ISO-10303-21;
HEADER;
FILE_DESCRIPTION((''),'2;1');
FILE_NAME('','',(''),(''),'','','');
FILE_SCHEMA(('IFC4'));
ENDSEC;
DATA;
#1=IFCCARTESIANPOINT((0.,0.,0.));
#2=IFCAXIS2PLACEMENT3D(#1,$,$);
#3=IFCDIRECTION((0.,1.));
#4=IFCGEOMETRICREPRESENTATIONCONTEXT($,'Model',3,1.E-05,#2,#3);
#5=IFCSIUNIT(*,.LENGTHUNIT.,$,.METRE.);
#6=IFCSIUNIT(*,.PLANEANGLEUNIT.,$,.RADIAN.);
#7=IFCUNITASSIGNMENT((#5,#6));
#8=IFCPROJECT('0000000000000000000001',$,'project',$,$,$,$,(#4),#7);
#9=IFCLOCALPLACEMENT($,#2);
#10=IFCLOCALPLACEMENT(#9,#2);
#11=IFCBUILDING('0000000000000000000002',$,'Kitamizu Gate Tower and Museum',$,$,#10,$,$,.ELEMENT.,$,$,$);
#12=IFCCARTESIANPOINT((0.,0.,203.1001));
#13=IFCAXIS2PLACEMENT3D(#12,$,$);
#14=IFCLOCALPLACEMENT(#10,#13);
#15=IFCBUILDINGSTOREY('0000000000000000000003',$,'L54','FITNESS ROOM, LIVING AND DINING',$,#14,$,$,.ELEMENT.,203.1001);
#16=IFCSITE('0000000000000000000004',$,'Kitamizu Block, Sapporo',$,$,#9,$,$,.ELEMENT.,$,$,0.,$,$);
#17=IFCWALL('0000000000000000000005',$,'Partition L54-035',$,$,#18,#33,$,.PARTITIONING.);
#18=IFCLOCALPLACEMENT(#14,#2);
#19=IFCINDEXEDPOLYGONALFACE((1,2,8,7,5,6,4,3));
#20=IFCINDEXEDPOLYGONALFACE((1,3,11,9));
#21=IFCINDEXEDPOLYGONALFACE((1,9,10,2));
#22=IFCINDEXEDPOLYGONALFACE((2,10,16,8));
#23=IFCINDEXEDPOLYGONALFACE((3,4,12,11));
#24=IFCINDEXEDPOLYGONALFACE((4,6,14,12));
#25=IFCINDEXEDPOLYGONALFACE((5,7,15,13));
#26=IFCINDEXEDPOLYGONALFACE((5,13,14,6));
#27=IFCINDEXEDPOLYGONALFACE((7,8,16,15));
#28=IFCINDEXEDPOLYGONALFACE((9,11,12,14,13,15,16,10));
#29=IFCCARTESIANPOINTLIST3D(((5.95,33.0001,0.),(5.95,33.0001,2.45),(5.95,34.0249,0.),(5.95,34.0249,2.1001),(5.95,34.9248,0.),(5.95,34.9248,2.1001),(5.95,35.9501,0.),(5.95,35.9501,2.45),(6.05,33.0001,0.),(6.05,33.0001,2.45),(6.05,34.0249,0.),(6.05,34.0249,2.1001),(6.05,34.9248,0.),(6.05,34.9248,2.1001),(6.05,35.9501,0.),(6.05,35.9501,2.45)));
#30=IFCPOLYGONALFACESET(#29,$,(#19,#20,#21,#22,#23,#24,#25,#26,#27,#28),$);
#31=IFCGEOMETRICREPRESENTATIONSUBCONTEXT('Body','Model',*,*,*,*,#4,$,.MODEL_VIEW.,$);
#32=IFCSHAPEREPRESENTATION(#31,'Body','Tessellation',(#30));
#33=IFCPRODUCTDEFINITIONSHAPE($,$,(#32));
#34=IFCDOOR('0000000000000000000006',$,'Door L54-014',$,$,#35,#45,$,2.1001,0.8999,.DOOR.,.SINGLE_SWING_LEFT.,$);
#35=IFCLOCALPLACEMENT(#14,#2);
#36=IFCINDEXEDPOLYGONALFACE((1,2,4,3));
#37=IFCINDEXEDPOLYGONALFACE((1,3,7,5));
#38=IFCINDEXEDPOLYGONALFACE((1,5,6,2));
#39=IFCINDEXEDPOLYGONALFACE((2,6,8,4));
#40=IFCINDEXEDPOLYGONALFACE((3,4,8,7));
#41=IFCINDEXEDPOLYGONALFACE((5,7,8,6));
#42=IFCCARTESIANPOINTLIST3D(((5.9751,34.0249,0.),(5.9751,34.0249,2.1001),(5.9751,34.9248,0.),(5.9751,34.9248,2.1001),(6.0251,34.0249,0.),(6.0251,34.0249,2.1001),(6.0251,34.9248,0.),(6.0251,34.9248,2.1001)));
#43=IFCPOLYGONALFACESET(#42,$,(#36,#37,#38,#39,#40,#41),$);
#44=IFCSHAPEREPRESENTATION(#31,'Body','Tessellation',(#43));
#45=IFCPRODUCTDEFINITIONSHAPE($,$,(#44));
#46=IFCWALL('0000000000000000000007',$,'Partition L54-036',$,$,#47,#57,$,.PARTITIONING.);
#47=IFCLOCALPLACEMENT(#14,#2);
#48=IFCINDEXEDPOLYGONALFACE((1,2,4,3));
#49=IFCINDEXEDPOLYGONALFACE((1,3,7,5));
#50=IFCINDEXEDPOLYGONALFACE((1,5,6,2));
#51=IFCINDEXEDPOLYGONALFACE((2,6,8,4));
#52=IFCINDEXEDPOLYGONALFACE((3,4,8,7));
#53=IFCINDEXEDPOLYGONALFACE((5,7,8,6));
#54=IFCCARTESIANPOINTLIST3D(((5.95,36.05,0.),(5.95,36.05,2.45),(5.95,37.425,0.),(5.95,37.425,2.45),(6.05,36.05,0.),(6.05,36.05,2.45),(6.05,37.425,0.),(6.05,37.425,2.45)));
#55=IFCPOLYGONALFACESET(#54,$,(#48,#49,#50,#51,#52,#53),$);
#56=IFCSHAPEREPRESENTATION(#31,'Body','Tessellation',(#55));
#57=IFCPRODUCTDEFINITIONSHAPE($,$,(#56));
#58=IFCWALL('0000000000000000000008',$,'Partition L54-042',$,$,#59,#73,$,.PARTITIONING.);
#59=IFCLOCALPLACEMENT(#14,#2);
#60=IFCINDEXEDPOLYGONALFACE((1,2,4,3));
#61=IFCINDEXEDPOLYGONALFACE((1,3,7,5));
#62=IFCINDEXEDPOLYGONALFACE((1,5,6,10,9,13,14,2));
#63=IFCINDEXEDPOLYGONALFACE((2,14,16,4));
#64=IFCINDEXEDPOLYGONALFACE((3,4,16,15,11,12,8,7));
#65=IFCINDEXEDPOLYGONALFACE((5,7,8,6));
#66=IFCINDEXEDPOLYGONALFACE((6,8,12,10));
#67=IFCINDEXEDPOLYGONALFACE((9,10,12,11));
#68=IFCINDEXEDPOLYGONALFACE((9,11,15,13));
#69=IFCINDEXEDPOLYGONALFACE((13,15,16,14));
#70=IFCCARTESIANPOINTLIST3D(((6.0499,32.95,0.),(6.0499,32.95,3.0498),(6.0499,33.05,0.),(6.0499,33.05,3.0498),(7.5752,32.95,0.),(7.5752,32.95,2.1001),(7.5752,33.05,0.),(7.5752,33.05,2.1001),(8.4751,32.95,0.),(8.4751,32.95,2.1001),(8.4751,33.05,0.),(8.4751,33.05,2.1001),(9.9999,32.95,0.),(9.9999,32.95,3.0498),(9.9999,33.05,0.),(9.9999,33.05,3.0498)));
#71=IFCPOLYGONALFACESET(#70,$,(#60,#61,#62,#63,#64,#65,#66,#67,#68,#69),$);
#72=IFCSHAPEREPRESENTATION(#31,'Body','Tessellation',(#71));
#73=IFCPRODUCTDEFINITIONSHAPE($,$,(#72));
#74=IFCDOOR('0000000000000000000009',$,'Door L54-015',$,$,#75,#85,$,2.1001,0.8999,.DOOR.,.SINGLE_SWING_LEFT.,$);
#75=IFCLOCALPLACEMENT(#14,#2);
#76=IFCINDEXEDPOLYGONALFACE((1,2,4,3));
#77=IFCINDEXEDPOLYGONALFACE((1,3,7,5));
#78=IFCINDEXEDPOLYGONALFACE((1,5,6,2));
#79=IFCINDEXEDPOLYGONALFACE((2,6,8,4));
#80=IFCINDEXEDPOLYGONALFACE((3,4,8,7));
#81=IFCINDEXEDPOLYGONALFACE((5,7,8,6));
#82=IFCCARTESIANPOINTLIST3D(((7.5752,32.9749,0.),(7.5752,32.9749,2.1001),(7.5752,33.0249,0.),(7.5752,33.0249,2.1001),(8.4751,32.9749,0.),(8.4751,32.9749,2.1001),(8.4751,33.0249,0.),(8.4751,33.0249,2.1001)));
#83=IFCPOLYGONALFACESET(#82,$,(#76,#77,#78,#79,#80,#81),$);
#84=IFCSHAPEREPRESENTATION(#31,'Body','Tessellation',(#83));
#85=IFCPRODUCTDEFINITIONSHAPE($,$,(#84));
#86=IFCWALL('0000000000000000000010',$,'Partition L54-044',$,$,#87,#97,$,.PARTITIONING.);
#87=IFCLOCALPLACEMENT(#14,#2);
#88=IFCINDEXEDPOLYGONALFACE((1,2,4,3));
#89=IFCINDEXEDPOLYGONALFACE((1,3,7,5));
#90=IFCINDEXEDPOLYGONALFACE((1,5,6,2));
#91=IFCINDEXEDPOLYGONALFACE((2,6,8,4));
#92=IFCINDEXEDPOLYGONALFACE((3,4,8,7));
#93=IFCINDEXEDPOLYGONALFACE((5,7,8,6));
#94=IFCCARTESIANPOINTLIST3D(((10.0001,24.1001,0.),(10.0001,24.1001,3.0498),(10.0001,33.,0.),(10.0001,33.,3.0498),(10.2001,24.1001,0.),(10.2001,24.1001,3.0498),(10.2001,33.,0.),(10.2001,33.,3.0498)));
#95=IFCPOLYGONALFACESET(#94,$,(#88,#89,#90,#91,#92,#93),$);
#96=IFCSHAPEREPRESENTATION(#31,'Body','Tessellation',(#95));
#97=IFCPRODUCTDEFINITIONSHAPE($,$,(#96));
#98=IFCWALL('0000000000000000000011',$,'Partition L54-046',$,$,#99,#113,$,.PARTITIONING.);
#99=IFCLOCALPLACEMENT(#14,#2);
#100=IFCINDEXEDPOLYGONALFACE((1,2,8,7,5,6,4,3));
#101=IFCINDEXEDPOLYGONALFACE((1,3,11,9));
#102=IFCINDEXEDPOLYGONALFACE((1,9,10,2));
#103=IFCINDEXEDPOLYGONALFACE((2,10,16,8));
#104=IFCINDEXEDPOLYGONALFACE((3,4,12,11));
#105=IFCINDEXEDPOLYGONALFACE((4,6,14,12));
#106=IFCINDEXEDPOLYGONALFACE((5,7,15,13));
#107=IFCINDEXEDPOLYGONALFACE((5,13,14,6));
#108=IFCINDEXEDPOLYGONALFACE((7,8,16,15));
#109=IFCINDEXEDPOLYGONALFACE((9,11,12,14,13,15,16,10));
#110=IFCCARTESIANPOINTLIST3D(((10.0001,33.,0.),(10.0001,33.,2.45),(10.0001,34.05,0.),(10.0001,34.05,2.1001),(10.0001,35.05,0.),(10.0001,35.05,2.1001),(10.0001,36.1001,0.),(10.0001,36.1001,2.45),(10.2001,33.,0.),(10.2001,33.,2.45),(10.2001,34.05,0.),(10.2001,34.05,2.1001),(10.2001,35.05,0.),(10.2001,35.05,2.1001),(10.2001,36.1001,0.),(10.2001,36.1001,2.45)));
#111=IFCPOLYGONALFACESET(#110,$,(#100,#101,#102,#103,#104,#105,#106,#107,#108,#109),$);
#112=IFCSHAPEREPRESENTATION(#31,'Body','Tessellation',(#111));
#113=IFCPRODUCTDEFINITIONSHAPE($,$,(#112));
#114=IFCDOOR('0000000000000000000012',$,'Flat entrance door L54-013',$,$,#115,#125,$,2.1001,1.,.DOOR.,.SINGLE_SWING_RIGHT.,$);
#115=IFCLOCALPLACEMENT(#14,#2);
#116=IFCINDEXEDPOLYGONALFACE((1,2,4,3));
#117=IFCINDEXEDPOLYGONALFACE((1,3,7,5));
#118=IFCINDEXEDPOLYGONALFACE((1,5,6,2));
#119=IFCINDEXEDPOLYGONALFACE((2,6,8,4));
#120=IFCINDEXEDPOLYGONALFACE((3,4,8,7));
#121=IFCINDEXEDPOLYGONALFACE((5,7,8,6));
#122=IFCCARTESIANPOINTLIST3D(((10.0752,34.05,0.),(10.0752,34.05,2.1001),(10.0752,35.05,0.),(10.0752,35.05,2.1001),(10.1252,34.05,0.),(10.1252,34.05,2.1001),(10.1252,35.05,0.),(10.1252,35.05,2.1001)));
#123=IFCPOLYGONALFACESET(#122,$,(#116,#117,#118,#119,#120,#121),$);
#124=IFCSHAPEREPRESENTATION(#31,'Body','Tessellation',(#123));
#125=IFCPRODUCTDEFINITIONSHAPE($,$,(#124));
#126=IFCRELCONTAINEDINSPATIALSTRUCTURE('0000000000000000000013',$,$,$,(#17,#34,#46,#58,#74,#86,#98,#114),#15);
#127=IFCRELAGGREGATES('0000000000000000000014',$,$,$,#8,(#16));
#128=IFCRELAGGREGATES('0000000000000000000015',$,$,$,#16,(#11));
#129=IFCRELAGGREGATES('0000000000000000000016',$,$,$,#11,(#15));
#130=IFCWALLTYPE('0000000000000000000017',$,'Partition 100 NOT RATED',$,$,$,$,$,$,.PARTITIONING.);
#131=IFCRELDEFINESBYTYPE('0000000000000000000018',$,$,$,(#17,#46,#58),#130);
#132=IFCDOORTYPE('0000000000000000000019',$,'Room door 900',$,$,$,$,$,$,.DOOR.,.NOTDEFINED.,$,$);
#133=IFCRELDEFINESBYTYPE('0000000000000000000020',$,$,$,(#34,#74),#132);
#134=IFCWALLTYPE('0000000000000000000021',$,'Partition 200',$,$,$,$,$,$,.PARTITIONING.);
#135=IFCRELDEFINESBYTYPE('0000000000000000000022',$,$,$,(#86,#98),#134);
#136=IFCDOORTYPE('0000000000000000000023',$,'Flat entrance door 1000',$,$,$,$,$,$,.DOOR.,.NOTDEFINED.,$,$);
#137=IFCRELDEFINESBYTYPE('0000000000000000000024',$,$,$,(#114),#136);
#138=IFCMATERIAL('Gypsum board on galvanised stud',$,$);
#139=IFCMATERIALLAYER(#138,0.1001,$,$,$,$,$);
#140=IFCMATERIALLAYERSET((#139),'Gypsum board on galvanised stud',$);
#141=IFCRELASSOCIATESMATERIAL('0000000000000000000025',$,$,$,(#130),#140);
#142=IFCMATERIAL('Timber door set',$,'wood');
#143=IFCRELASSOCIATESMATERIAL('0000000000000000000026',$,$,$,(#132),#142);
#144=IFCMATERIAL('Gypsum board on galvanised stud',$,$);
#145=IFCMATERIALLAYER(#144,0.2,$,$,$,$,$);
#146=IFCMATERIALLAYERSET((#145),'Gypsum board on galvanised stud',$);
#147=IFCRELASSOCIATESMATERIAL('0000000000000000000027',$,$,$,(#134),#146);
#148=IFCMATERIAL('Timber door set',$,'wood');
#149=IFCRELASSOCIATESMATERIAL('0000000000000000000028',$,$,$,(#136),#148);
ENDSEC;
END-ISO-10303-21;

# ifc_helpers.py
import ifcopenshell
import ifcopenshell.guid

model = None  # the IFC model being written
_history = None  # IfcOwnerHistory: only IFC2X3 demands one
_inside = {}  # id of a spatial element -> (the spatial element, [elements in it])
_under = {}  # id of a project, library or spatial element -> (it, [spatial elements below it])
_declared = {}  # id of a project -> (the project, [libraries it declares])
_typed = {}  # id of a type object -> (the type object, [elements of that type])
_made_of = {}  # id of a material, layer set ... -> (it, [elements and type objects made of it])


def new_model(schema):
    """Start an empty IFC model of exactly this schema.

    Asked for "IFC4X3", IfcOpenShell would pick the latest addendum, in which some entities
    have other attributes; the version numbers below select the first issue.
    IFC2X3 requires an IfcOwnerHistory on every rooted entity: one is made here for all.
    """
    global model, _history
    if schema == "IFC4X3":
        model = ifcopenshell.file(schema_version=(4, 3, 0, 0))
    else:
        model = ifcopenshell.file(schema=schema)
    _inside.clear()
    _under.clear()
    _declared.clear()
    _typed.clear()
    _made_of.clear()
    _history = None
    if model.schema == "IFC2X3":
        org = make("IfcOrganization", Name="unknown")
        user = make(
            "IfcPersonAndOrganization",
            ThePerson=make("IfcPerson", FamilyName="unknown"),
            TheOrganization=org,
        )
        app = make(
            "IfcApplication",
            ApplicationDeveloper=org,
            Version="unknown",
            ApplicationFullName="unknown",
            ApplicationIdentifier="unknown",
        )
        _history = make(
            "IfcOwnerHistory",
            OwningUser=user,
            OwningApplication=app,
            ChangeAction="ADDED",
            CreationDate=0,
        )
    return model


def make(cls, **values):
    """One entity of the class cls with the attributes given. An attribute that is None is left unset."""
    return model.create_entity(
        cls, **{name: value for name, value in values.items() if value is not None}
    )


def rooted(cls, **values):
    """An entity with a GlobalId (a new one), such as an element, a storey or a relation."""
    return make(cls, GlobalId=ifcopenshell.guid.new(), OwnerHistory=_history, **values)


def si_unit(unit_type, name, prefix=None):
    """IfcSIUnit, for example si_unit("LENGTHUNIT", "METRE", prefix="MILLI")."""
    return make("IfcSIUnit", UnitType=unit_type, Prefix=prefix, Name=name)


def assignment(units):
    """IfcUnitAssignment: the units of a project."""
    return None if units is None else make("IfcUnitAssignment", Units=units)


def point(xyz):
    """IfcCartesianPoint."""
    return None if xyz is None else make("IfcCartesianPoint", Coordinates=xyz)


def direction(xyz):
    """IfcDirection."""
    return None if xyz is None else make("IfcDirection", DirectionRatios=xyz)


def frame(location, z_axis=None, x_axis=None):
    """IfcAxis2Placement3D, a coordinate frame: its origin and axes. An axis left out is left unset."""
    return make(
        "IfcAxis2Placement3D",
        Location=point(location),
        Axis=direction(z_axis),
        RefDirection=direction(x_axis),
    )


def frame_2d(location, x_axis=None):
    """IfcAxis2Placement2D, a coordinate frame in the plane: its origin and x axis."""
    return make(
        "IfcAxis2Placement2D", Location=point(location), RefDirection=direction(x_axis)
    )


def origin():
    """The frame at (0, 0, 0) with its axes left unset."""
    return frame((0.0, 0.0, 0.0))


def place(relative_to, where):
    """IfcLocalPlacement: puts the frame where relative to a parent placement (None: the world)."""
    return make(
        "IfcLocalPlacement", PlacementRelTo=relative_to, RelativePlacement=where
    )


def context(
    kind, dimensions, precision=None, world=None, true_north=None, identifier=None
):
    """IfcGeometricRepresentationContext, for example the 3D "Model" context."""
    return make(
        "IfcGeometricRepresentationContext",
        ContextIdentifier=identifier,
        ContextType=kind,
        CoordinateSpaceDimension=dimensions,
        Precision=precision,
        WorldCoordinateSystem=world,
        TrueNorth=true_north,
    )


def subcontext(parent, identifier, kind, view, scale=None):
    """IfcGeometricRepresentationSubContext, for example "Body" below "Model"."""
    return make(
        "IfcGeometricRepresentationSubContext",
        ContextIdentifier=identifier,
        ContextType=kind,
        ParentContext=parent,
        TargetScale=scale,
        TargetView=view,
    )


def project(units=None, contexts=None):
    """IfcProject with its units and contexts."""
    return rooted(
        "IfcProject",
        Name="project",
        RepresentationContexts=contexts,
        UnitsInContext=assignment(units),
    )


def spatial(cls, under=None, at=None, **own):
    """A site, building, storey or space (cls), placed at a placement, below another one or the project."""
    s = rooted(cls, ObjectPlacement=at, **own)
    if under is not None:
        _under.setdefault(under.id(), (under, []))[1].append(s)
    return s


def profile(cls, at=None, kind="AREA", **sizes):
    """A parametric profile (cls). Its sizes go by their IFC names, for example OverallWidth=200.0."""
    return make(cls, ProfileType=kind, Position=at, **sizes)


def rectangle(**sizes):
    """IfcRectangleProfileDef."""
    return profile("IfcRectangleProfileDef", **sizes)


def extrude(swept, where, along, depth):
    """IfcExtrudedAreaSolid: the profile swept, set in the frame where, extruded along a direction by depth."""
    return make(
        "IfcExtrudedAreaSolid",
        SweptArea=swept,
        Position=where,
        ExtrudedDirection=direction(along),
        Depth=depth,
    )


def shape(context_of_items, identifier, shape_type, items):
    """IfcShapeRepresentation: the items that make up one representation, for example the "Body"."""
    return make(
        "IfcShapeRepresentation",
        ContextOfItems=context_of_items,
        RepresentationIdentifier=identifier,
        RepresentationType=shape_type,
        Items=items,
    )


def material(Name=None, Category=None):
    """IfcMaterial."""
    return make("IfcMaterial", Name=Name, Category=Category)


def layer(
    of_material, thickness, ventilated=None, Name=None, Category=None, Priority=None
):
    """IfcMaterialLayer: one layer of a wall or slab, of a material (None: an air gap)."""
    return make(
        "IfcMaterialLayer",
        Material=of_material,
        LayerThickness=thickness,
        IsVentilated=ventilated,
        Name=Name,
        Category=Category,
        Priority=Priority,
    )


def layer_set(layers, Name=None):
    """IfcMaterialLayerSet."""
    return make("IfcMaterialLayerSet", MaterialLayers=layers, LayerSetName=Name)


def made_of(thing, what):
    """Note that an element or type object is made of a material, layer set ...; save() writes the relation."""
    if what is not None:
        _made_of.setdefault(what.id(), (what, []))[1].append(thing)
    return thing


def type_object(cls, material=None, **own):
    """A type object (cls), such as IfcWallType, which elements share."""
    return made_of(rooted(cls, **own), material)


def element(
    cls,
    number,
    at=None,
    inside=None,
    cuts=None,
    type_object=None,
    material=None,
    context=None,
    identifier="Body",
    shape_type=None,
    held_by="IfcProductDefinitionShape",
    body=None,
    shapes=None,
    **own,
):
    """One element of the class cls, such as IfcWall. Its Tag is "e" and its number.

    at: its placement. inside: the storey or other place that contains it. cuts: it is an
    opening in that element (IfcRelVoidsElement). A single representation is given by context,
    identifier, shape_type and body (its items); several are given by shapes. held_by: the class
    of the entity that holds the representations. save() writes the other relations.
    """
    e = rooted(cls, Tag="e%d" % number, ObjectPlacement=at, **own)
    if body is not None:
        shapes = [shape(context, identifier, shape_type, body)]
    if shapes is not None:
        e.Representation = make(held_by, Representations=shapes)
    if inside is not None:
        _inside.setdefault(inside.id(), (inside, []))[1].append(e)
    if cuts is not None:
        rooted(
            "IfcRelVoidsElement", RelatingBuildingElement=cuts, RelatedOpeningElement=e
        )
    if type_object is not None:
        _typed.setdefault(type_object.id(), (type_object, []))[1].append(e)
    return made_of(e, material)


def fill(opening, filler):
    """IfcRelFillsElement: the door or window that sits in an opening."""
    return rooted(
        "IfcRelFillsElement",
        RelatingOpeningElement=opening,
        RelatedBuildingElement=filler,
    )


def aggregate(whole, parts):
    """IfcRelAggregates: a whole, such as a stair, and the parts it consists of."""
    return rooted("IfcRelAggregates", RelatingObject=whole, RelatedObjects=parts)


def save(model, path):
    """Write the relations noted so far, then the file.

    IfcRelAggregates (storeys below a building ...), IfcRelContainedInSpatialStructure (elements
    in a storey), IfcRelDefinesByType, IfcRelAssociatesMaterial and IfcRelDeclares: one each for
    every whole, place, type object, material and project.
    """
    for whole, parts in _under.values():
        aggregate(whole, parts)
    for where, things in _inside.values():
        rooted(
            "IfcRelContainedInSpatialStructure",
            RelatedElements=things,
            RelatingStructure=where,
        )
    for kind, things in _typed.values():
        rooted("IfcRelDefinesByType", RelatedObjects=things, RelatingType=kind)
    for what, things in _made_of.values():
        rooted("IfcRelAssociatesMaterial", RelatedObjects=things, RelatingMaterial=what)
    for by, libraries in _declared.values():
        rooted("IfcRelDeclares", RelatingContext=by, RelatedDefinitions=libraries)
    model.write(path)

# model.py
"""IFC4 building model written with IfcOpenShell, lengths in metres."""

from ifc_helpers import new_model, si_unit, direction, frame, frame_2d, origin, place, context, subcontext, project, spatial, rectangle, extrude, material, layer, layer_set, type_object, element, fill, save


model = new_model("IFC4")

# Units and contexts
model_context = context("Model", 3, precision=1e-05, world=origin(), true_north=direction((0.0, 1.0)))
body_context = subcontext(model_context, "Body", "Model", "MODEL_VIEW")
ifc_project = project(units=[si_unit("LENGTHUNIT", "METRE"), si_unit("PLANEANGLEUNIT", "RADIAN")], contexts=[model_context])

# Site, building, storey
site_placement = place(None, origin())
site = spatial("IfcSite", under=ifc_project, at=site_placement, Name="Kitamizu Block, Sapporo", CompositionType="ELEMENT", RefElevation=0.0)
building_placement = place(site_placement, origin())
building = spatial("IfcBuilding", under=site, at=building_placement, Name="Kitamizu Gate Tower and Museum", CompositionType="ELEMENT")
storey_placement = place(building_placement, frame((0.0, 0.0, 203.1001)))
storey = spatial("IfcBuildingStorey", under=building, at=storey_placement, Name="L54", Description="FITNESS ROOM, LIVING AND DINING", CompositionType="ELEMENT", Elevation=203.1001)

# Shared definitions
ifc_material_1 = material(Name="Gypsum board on galvanised stud")
ifc_layer_1 = layer(ifc_material_1, 0.1001)
ifc_layer_set_1 = layer_set([ifc_layer_1], Name="Gypsum board on galvanised stud")
wall_type_1 = type_object("IfcWallType", Name="Partition 100 NOT RATED", PredefinedType="PARTITIONING", material=ifc_layer_set_1)
ifc_material_2 = material(Name="Timber door set", Category="wood")
door_type_1 = type_object("IfcDoorType", Name="Room door 900", OperationType="NOTDEFINED", PredefinedType="DOOR", material=ifc_material_2)

# Wall, opening, door
wall_1_placement = place(storey_placement, frame((6.0, 33.0, 0.0), z_axis=(0.0, 0.0, 1.0), x_axis=(0.0, 1.0, 0.0)))
wall_1 = element("IfcWall", 1, at=wall_1_placement, inside=storey, type_object=wall_type_1, Name="Partition L54-035", PredefinedType="PARTITIONING", context=body_context, shape_type="SweptSolid", body=[
    extrude(rectangle(XDim=2.95, YDim=0.1001, at=frame_2d((1.4751, 0.0))), origin(), (0.0, 0.0, 1.0), 2.45),
])
opening_1_placement = place(wall_1_placement, frame((1.0249, 0.0, 0.0)))
opening_1 = element("IfcOpeningElement", 2, at=opening_1_placement, cuts=wall_1, PredefinedType="OPENING", context=body_context, shape_type="SweptSolid", body=[
    extrude(rectangle(XDim=0.8999, YDim=2.1001, at=frame_2d((0.45, 1.05))), frame((0.0, 0.0601, 0.0), z_axis=(0.0, -1.0, 0.0), x_axis=(1.0, 0.0, 0.0)), (0.0, 0.0, 1.0), 0.1201),
])
door_1_placement = place(opening_1_placement, origin())
door_1 = element("IfcDoor", 3, at=door_1_placement, inside=storey, type_object=door_type_1, Name="Door L54-014", OperationType="SINGLE_SWING_LEFT", OverallHeight=2.1001, OverallWidth=0.8999, PredefinedType="DOOR", context=body_context, shape_type="SweptSolid", body=[
    extrude(rectangle(XDim=0.8999, YDim=2.1001, at=frame_2d((0.45, 1.05))), frame((0.0, 0.0249, 0.0), z_axis=(0.0, -1.0, 0.0), x_axis=(1.0, 0.0, 0.0)), (0.0, 0.0, 1.0), 0.05),
])
fill(opening_1, door_1)

# Wall
wall_2_placement = place(storey_placement, frame((6.0, 36.05, 0.0), z_axis=(0.0, 0.0, 1.0), x_axis=(0.0, 1.0, 0.0)))
element("IfcWall", 4, at=wall_2_placement, inside=storey, type_object=wall_type_1, Name="Partition L54-036", PredefinedType="PARTITIONING", context=body_context, shape_type="SweptSolid", body=[
    extrude(rectangle(XDim=1.375, YDim=0.1001, at=frame_2d((0.6875, 0.0))), origin(), (0.0, 0.0, 1.0), 2.45),
])

# Wall, opening, door
wall_3_placement = place(storey_placement, frame((10.0, 33.0, 0.0), z_axis=(0.0, 0.0, 1.0), x_axis=(-1.0, 0.0, 0.0)))
wall_3 = element("IfcWall", 5, at=wall_3_placement, inside=storey, type_object=wall_type_1, Name="Partition L54-042", PredefinedType="PARTITIONING", context=body_context, shape_type="SweptSolid", body=[
    extrude(rectangle(XDim=3.95, YDim=0.1001, at=frame_2d((1.9751, 0.0))), origin(), (0.0, 0.0, 1.0), 3.0498),
])
opening_2_placement = place(wall_3_placement, frame((1.5249, 0.0, 0.0)))
opening_2 = element("IfcOpeningElement", 6, at=opening_2_placement, cuts=wall_3, PredefinedType="OPENING", context=body_context, shape_type="SweptSolid", body=[
    extrude(rectangle(XDim=0.8999, YDim=2.1001, at=frame_2d((0.45, 1.05))), frame((0.0, 0.0601, 0.0), z_axis=(0.0, -1.0, 0.0), x_axis=(1.0, 0.0, 0.0)), (0.0, 0.0, 1.0), 0.1201),
])
door_2_placement = place(opening_2_placement, frame((0.8999, 0.0, 0.0), x_axis=(-1.0, 0.0, 0.0)))
door_2 = element("IfcDoor", 7, at=door_2_placement, inside=storey, type_object=door_type_1, Name="Door L54-015", OperationType="SINGLE_SWING_LEFT", OverallHeight=2.1001, OverallWidth=0.8999, PredefinedType="DOOR", context=body_context, shape_type="SweptSolid", body=[
    extrude(rectangle(XDim=0.8999, YDim=2.1001, at=frame_2d((0.45, 1.05))), frame((0.0, 0.0249, 0.0), z_axis=(0.0, -1.0, 0.0), x_axis=(1.0, 0.0, 0.0)), (0.0, 0.0, 1.0), 0.05),
])
fill(opening_2, door_2)

# Wall
ifc_material_3 = material(Name="Gypsum board on galvanised stud")
ifc_layer_2 = layer(ifc_material_3, 0.2)
ifc_layer_set_2 = layer_set([ifc_layer_2], Name="Gypsum board on galvanised stud")
wall_type_2 = type_object("IfcWallType", Name="Partition 200", PredefinedType="PARTITIONING", material=ifc_layer_set_2)
wall_4_placement = place(storey_placement, frame((10.1001, 24.1001, 0.0), z_axis=(0.0, 0.0, 1.0), x_axis=(0.0, 1.0, 0.0)))
element("IfcWall", 8, at=wall_4_placement, inside=storey, type_object=wall_type_2, Name="Partition L54-044", PredefinedType="PARTITIONING", context=body_context, shape_type="SweptSolid", body=[
    extrude(rectangle(XDim=8.8999, YDim=0.2, at=frame_2d((4.45, 0.0))), origin(), (0.0, 0.0, 1.0), 3.0498),
])

# Wall, opening, door
wall_5_placement = place(storey_placement, frame((10.1001, 33.0, 0.0), z_axis=(0.0, 0.0, 1.0), x_axis=(0.0, 1.0, 0.0)))
wall_5 = element("IfcWall", 9, at=wall_5_placement, inside=storey, type_object=wall_type_2, Name="Partition L54-046", PredefinedType="PARTITIONING", context=body_context, shape_type="SweptSolid", body=[
    extrude(rectangle(XDim=3.1001, YDim=0.2, at=frame_2d((1.55, 0.0))), origin(), (0.0, 0.0, 1.0), 2.45),
])
opening_3_placement = place(wall_5_placement, frame((1.05, 0.0, 0.0)))
opening_3 = element("IfcOpeningElement", 10, at=opening_3_placement, cuts=wall_5, PredefinedType="OPENING", context=body_context, shape_type="SweptSolid", body=[
    extrude(rectangle(XDim=1.0, YDim=2.1001, at=frame_2d((0.5, 1.05))), frame((0.0, 0.1099, 0.0), z_axis=(0.0, -1.0, 0.0), x_axis=(1.0, 0.0, 0.0)), (0.0, 0.0, 1.0), 0.22),
])
ifc_material_4 = material(Name="Timber door set", Category="wood")
door_type_2 = type_object("IfcDoorType", Name="Flat entrance door 1000", OperationType="NOTDEFINED", PredefinedType="DOOR", material=ifc_material_4)
door_3_placement = place(opening_3_placement, origin())
door_3 = element("IfcDoor", 11, at=door_3_placement, inside=storey, type_object=door_type_2, Name="Flat entrance door L54-013", OperationType="SINGLE_SWING_RIGHT", OverallHeight=2.1001, OverallWidth=1.0, PredefinedType="DOOR", context=body_context, shape_type="SweptSolid", body=[
    extrude(rectangle(XDim=1.0, YDim=2.1001, at=frame_2d((0.5, 1.05))), frame((0.0, 0.0249, 0.0), z_axis=(0.0, -1.0, 0.0), x_axis=(1.0, 0.0, 0.0)), (0.0, 0.0, 1.0), 0.05),
])
fill(opening_3, door_3)

save(model, "model.ifc")
